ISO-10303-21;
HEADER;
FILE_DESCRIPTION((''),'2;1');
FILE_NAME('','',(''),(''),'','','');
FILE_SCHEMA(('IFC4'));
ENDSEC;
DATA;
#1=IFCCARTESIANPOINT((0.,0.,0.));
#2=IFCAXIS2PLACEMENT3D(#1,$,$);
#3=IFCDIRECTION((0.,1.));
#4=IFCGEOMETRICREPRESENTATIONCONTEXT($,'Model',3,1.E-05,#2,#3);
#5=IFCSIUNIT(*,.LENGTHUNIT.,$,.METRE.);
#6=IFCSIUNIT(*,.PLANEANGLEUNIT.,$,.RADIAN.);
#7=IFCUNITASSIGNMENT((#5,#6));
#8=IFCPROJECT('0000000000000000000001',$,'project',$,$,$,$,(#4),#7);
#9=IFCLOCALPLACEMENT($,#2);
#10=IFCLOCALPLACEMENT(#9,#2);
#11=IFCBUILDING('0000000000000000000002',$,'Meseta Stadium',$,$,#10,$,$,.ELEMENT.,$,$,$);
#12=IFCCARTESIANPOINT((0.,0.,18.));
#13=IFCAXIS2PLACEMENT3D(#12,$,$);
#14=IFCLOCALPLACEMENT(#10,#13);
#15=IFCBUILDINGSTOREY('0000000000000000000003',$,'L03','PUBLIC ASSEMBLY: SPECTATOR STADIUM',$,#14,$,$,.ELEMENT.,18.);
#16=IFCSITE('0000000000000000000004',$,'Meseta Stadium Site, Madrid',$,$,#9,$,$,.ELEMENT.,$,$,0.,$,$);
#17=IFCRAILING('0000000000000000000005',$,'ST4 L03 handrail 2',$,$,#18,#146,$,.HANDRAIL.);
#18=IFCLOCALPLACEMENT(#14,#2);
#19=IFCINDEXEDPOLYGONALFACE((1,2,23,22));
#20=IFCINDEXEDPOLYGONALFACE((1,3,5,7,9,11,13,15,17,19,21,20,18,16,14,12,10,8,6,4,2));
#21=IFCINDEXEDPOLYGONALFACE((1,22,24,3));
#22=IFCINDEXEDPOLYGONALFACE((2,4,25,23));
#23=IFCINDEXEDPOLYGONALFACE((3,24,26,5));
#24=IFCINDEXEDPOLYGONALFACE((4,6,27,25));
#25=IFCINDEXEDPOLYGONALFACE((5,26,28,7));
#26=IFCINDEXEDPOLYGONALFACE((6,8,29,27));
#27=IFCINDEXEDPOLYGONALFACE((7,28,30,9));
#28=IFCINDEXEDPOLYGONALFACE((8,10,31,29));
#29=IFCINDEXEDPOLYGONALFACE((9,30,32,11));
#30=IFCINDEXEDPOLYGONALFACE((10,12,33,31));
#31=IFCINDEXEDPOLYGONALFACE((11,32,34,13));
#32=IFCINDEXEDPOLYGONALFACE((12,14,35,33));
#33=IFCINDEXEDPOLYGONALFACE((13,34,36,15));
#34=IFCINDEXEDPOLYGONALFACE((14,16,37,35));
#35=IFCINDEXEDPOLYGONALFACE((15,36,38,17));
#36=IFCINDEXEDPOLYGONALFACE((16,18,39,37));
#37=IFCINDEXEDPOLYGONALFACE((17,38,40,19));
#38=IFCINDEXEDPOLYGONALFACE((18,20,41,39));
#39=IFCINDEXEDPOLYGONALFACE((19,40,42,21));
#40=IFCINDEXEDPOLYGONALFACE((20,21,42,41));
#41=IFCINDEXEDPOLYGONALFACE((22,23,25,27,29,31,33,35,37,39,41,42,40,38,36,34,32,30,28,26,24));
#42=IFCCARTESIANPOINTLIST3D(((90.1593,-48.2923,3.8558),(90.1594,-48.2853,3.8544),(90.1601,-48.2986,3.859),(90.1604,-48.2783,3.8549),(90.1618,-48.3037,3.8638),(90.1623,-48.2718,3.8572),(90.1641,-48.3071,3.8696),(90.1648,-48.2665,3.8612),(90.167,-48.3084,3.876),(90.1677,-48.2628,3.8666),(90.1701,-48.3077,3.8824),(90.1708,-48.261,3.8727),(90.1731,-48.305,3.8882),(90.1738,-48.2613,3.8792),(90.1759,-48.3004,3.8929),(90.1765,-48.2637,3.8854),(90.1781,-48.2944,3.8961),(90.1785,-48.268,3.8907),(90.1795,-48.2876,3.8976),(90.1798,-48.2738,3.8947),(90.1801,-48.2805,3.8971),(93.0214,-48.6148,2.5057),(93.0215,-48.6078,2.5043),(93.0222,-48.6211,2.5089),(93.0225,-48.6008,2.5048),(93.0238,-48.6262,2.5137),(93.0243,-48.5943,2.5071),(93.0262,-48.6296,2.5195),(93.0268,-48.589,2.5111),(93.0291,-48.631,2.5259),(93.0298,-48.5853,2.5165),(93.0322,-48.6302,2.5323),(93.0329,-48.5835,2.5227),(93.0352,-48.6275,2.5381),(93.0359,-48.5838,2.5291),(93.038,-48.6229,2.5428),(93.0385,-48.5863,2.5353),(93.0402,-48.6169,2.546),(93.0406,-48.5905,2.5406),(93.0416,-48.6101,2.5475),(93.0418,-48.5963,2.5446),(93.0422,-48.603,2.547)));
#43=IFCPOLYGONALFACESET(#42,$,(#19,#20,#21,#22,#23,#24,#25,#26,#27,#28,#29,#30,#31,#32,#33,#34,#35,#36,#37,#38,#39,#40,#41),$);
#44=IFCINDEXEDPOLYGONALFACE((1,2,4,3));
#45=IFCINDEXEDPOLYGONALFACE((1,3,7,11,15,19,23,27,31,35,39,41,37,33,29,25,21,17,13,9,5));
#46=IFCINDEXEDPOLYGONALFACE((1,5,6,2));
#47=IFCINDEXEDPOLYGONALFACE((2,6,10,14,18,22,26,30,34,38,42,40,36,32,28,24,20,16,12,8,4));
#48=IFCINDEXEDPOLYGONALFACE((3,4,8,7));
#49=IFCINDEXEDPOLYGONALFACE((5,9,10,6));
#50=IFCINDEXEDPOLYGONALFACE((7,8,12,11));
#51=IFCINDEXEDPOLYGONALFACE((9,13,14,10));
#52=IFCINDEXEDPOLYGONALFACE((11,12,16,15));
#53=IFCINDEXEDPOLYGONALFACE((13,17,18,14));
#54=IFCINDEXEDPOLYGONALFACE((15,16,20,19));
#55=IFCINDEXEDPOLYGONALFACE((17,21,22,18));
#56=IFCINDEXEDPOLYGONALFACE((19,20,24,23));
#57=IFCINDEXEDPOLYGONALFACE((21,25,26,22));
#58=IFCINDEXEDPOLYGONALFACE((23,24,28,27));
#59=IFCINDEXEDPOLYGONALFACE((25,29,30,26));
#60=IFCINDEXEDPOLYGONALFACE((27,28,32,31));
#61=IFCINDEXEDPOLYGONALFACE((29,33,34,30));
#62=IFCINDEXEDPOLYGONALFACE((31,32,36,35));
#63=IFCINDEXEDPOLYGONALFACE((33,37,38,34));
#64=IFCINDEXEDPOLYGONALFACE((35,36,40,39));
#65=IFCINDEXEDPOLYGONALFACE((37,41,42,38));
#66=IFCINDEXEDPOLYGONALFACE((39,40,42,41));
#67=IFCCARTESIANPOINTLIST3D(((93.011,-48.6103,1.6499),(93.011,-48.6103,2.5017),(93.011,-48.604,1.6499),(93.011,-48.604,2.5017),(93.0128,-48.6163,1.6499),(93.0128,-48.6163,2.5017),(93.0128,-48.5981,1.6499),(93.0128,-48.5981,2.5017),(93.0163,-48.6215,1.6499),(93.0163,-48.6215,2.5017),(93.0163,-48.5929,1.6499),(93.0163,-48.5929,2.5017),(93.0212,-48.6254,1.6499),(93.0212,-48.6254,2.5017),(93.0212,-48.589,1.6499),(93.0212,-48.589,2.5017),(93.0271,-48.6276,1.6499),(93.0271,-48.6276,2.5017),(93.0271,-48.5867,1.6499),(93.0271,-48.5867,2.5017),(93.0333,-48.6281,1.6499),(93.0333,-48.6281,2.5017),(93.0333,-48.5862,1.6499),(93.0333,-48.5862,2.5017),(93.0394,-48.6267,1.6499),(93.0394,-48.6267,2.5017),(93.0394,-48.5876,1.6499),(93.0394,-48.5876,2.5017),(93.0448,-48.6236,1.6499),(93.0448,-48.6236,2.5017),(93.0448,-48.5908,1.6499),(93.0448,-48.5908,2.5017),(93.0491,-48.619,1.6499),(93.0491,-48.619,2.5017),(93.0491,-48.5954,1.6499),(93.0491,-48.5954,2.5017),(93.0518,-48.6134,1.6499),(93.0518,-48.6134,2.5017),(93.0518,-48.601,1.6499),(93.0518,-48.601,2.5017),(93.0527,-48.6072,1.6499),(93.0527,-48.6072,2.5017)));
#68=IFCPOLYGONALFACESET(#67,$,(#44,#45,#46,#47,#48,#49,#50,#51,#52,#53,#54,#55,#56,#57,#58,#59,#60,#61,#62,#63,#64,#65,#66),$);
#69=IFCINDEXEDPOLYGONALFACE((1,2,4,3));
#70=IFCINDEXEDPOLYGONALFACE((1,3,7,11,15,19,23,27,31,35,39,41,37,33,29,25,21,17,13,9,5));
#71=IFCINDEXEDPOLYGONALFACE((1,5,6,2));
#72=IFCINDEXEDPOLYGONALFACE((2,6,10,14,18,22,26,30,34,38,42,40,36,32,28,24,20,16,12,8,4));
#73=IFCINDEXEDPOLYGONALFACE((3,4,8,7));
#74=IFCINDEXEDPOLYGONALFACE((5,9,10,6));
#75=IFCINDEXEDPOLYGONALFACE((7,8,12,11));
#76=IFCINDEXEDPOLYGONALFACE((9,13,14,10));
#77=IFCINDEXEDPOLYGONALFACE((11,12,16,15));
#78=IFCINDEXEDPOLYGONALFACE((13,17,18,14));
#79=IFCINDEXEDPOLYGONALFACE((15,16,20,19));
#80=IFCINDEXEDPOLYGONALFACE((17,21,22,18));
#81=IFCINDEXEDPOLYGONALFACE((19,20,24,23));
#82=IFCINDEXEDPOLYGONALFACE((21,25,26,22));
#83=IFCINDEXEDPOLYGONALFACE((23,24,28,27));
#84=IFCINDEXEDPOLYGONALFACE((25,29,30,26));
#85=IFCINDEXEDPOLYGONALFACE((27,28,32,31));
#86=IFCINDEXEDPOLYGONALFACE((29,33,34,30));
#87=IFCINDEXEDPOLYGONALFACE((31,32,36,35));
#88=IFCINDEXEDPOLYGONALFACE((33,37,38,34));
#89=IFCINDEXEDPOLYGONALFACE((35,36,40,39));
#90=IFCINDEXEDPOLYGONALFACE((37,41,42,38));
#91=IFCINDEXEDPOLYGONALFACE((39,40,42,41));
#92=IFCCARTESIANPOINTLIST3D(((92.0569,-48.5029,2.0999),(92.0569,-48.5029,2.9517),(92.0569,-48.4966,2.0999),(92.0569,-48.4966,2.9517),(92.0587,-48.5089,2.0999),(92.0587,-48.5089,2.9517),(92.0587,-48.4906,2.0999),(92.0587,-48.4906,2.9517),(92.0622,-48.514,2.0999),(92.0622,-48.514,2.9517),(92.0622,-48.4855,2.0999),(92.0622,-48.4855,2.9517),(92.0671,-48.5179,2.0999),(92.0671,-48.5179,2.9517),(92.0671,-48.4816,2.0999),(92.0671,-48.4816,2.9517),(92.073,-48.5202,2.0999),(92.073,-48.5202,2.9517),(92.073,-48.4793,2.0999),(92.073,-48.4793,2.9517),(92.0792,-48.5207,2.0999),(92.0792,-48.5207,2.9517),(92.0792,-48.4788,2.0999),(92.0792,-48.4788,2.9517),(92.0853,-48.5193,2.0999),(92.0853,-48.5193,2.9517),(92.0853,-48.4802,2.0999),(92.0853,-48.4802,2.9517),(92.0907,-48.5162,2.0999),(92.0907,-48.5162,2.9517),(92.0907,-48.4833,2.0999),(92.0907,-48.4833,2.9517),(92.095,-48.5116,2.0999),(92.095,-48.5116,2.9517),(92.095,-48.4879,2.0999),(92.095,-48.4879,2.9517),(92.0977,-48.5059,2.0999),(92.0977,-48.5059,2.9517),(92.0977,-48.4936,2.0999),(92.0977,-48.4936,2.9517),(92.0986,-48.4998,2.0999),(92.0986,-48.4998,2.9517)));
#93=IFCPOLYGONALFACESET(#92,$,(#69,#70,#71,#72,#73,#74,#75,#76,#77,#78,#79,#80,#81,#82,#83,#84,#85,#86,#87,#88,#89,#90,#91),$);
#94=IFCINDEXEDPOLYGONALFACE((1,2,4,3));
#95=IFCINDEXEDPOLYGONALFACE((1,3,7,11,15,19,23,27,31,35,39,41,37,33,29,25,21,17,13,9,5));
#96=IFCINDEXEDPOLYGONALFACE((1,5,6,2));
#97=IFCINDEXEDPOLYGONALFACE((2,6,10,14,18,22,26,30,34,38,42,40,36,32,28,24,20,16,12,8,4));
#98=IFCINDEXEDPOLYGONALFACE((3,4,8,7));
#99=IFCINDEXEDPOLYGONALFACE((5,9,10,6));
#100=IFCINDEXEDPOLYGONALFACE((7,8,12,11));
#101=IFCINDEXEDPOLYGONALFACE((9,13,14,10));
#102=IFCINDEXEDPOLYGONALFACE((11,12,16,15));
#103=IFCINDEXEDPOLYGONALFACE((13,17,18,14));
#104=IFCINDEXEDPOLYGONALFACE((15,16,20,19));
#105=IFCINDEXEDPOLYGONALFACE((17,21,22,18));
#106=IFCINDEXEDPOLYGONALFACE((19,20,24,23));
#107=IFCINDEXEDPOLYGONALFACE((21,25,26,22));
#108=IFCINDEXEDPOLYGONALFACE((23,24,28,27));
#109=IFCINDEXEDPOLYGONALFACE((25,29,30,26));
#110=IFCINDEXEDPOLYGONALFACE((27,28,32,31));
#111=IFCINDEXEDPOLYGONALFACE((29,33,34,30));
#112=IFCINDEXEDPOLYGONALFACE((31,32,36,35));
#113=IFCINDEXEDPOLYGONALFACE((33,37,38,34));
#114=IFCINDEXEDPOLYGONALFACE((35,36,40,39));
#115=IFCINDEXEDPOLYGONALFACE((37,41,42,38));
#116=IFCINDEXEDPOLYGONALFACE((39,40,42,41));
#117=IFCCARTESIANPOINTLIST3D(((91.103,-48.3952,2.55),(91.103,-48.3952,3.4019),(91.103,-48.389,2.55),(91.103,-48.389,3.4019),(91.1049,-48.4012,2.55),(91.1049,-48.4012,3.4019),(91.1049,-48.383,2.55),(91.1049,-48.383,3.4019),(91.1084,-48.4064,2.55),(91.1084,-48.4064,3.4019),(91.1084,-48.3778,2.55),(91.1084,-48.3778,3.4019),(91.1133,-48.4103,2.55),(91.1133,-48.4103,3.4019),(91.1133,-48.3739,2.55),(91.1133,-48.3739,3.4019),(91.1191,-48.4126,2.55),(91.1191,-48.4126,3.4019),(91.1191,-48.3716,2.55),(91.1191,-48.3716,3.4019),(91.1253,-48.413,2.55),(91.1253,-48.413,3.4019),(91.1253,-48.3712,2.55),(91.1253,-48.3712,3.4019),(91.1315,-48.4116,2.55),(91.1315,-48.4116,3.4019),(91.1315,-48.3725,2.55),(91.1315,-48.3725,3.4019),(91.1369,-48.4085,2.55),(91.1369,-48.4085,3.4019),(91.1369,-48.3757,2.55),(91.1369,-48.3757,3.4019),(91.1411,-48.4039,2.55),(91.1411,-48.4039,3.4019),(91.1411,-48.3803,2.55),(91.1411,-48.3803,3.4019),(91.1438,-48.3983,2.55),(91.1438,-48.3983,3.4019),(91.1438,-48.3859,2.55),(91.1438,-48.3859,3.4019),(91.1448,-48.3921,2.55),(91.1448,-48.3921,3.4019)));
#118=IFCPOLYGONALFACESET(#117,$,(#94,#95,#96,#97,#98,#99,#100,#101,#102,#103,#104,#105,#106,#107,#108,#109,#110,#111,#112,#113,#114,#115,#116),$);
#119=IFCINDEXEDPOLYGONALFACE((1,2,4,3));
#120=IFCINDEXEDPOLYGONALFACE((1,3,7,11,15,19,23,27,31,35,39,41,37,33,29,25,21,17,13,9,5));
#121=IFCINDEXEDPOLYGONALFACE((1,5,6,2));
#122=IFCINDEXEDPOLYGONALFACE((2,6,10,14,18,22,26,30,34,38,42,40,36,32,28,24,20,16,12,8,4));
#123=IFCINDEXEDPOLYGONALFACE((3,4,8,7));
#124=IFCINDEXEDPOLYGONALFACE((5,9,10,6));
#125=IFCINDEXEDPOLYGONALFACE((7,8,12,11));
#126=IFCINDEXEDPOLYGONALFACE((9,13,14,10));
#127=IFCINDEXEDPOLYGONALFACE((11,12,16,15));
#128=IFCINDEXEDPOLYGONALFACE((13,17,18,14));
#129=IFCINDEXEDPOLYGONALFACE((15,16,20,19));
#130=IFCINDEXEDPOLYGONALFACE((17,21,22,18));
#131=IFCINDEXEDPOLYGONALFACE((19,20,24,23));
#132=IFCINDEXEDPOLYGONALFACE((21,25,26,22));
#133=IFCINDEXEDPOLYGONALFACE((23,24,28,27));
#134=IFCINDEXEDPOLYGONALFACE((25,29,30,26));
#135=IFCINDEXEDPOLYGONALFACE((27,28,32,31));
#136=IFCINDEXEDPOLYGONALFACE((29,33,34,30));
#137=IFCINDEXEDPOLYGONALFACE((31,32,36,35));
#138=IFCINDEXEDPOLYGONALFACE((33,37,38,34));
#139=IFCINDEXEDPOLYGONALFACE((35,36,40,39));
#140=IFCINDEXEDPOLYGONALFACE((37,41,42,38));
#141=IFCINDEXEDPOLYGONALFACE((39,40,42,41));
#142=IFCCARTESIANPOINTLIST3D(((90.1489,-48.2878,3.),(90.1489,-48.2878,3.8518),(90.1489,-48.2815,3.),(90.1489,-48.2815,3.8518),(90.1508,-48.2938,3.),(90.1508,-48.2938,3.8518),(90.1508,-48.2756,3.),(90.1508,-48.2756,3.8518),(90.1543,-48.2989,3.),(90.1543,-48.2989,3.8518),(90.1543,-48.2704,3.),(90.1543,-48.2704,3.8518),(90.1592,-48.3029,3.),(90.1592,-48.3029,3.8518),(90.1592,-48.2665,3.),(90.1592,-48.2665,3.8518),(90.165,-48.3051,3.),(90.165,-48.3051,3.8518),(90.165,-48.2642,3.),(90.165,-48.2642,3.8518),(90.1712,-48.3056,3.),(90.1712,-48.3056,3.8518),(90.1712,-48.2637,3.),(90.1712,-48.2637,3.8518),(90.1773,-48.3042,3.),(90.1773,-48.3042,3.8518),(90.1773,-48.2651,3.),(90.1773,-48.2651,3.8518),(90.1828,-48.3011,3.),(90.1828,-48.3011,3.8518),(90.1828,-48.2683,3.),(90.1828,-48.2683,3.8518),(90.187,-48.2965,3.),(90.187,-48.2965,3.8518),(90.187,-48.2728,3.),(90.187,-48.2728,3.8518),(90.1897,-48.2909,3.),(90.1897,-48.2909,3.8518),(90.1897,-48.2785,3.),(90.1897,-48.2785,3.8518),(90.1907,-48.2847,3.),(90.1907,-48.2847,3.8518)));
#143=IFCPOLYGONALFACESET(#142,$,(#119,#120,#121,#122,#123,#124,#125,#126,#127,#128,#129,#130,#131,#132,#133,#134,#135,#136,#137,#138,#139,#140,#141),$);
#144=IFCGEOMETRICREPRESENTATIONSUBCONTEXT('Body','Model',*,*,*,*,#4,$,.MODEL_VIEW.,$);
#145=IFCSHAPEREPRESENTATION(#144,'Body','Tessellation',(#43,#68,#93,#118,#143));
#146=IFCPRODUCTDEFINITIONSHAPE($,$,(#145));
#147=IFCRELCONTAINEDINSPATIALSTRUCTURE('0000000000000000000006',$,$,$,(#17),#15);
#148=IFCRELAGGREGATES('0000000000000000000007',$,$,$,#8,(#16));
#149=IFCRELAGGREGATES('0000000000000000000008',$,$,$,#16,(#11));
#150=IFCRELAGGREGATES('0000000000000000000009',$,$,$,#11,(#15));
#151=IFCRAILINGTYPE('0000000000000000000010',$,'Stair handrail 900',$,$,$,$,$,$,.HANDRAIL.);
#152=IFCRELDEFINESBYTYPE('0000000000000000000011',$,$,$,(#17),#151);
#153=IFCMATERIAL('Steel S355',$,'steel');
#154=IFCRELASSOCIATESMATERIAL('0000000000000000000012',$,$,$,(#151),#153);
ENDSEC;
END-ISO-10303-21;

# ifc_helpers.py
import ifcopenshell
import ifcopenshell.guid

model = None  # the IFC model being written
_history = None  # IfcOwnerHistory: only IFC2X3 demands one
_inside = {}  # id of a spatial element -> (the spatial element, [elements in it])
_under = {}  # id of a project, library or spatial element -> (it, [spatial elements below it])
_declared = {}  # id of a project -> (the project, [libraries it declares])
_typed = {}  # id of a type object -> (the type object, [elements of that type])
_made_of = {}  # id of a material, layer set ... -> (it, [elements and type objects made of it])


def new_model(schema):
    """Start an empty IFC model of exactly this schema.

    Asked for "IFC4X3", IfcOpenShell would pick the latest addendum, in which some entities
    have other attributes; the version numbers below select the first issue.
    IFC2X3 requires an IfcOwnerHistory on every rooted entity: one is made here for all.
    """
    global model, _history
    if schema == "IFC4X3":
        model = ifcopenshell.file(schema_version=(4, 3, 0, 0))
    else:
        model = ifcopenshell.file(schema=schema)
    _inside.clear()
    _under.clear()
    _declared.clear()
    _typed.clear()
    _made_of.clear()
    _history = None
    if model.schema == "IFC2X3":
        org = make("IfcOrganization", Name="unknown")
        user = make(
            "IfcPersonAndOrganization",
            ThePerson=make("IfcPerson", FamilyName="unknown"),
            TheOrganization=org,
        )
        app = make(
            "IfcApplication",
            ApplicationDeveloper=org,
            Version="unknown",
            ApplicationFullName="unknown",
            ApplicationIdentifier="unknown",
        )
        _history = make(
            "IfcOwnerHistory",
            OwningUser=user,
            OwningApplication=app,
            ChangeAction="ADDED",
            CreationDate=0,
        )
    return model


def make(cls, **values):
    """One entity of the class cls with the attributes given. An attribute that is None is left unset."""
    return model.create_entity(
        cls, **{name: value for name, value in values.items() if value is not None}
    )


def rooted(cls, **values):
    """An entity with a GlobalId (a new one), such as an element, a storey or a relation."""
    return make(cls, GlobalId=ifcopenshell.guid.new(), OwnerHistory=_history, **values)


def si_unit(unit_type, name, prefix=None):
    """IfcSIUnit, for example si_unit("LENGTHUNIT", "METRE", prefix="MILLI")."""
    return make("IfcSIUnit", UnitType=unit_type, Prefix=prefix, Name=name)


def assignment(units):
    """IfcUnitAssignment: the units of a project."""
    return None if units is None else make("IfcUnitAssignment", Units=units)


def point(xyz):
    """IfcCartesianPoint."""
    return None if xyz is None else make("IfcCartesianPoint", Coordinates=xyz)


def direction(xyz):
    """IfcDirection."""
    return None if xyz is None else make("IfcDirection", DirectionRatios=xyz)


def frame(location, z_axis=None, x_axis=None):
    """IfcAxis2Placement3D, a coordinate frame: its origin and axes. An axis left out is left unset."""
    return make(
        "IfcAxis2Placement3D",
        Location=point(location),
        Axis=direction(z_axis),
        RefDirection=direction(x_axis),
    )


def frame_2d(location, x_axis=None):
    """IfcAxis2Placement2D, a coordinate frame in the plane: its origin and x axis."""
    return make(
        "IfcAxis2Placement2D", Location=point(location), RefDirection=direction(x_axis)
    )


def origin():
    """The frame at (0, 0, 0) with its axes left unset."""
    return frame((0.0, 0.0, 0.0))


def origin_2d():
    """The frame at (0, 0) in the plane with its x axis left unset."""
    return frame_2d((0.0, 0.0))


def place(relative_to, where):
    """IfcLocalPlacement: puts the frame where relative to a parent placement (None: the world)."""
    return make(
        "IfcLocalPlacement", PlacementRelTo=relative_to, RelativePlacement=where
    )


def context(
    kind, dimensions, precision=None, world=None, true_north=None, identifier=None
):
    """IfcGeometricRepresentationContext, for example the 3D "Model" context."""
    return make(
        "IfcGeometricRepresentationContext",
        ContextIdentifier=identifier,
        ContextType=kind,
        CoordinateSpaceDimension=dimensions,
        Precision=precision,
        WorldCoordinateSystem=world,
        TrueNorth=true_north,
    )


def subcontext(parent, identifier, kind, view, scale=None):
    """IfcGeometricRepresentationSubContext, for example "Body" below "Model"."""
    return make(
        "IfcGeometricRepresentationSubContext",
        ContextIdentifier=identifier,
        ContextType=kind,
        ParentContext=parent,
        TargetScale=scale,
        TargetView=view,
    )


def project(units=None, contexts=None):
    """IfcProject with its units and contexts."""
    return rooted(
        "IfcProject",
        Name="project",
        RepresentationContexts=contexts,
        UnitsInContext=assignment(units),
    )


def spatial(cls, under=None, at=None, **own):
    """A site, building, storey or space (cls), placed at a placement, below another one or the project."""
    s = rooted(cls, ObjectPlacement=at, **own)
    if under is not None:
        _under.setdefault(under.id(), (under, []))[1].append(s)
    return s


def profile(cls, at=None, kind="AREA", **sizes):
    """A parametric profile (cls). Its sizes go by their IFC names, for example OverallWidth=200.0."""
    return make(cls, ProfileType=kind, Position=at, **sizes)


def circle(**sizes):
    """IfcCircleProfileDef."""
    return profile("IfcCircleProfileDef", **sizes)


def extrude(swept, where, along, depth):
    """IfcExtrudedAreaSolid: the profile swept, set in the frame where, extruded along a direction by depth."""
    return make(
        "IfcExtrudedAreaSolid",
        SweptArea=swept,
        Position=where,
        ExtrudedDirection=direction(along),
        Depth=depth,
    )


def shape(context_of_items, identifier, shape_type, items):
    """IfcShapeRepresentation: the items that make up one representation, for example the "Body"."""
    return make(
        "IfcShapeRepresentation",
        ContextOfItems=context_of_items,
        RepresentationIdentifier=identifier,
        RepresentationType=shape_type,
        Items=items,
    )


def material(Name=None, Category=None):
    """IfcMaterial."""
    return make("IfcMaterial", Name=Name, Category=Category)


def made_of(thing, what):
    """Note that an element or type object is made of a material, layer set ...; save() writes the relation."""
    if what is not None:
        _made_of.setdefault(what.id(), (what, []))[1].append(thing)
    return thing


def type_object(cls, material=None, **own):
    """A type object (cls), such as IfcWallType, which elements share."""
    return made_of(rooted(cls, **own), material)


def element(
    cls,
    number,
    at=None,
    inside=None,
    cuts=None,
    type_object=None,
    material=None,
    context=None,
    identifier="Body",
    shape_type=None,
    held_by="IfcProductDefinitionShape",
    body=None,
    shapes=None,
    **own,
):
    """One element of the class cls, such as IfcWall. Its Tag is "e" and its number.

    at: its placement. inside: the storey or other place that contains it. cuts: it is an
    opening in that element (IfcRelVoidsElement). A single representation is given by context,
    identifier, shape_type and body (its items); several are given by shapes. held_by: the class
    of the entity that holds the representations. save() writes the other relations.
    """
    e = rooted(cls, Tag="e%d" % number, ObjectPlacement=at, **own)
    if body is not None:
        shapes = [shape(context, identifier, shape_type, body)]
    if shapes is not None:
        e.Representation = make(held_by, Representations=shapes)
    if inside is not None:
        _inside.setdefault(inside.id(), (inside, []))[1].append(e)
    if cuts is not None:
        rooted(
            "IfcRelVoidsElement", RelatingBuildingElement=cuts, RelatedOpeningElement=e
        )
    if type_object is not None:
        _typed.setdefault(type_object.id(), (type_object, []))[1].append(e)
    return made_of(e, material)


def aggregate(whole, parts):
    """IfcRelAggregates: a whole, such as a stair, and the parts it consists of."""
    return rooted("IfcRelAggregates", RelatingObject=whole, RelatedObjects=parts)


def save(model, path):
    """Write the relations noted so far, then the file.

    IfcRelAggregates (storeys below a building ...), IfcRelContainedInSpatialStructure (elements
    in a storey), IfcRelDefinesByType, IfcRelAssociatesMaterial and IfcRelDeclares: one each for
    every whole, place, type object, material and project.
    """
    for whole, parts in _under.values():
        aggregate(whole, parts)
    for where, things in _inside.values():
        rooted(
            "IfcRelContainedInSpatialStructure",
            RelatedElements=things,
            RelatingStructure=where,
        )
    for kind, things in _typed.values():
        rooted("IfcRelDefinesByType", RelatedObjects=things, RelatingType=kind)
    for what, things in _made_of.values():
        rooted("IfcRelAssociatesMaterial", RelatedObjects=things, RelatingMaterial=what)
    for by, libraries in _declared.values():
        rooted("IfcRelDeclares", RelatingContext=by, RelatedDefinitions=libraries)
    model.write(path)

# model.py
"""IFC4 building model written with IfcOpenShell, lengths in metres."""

from ifc_helpers import new_model, si_unit, direction, frame, origin, origin_2d, place, context, subcontext, project, spatial, circle, extrude, material, type_object, element, save


model = new_model("IFC4")

# Units and contexts
model_context = context("Model", 3, precision=1e-05, world=origin(), true_north=direction((0.0, 1.0)))
body_context = subcontext(model_context, "Body", "Model", "MODEL_VIEW")
ifc_project = project(units=[si_unit("LENGTHUNIT", "METRE"), si_unit("PLANEANGLEUNIT", "RADIAN")], contexts=[model_context])

# Site, building, storey
site_placement = place(None, origin())
site = spatial("IfcSite", under=ifc_project, at=site_placement, Name="Meseta Stadium Site, Madrid", CompositionType="ELEMENT", RefElevation=0.0)
building_placement = place(site_placement, origin())
building = spatial("IfcBuilding", under=site, at=building_placement, Name="Meseta Stadium", CompositionType="ELEMENT")
storey_placement = place(building_placement, frame((0.0, 0.0, 18.0)))
storey = spatial("IfcBuildingStorey", under=building, at=storey_placement, Name="L03", Description="PUBLIC ASSEMBLY: SPECTATOR STADIUM", CompositionType="ELEMENT", Elevation=18.0)

# Railing
ifc_material_1 = material(Name="Steel S355", Category="steel")
railing_type_1 = type_object("IfcRailingType", Name="Stair handrail 900", PredefinedType="HANDRAIL", material=ifc_material_1)
for number, where, name in (
    (1, (93.0317, -48.6072, 1.6499), "ST4 L03 handrail 2"),
):
    element("IfcRailing", number, at=place(storey_placement, frame(where)), inside=storey, type_object=railing_type_1, Name=name, PredefinedType="HANDRAIL", context=body_context, shape_type="SweptSolid", body=[
        extrude(circle(Radius=0.0239, at=origin_2d()), frame((0.0, 0.0, 0.876), z_axis=(-0.899763, 0.101389, 0.424438), x_axis=(-0.111976, -0.993711, 0.0)), (0.0, 0.0, 1.0), 3.1809),
        extrude(circle(Radius=0.021, at=origin_2d()), origin(), (0.0, 0.0, 1.0), 0.8518),
        extrude(circle(Radius=0.021, at=origin_2d()), frame((-0.9541, 0.1074, 0.45)), (0.0, 0.0, 1.0), 0.8518),
        extrude(circle(Radius=0.021, at=origin_2d()), frame((-1.908, 0.2151, 0.9001)), (0.0, 0.0, 1.0), 0.8518),
        extrude(circle(Radius=0.021, at=origin_2d()), frame((-2.8621, 0.3225, 1.3501)), (0.0, 0.0, 1.0), 0.8518),
    ])

save(model, "model.ifc")
